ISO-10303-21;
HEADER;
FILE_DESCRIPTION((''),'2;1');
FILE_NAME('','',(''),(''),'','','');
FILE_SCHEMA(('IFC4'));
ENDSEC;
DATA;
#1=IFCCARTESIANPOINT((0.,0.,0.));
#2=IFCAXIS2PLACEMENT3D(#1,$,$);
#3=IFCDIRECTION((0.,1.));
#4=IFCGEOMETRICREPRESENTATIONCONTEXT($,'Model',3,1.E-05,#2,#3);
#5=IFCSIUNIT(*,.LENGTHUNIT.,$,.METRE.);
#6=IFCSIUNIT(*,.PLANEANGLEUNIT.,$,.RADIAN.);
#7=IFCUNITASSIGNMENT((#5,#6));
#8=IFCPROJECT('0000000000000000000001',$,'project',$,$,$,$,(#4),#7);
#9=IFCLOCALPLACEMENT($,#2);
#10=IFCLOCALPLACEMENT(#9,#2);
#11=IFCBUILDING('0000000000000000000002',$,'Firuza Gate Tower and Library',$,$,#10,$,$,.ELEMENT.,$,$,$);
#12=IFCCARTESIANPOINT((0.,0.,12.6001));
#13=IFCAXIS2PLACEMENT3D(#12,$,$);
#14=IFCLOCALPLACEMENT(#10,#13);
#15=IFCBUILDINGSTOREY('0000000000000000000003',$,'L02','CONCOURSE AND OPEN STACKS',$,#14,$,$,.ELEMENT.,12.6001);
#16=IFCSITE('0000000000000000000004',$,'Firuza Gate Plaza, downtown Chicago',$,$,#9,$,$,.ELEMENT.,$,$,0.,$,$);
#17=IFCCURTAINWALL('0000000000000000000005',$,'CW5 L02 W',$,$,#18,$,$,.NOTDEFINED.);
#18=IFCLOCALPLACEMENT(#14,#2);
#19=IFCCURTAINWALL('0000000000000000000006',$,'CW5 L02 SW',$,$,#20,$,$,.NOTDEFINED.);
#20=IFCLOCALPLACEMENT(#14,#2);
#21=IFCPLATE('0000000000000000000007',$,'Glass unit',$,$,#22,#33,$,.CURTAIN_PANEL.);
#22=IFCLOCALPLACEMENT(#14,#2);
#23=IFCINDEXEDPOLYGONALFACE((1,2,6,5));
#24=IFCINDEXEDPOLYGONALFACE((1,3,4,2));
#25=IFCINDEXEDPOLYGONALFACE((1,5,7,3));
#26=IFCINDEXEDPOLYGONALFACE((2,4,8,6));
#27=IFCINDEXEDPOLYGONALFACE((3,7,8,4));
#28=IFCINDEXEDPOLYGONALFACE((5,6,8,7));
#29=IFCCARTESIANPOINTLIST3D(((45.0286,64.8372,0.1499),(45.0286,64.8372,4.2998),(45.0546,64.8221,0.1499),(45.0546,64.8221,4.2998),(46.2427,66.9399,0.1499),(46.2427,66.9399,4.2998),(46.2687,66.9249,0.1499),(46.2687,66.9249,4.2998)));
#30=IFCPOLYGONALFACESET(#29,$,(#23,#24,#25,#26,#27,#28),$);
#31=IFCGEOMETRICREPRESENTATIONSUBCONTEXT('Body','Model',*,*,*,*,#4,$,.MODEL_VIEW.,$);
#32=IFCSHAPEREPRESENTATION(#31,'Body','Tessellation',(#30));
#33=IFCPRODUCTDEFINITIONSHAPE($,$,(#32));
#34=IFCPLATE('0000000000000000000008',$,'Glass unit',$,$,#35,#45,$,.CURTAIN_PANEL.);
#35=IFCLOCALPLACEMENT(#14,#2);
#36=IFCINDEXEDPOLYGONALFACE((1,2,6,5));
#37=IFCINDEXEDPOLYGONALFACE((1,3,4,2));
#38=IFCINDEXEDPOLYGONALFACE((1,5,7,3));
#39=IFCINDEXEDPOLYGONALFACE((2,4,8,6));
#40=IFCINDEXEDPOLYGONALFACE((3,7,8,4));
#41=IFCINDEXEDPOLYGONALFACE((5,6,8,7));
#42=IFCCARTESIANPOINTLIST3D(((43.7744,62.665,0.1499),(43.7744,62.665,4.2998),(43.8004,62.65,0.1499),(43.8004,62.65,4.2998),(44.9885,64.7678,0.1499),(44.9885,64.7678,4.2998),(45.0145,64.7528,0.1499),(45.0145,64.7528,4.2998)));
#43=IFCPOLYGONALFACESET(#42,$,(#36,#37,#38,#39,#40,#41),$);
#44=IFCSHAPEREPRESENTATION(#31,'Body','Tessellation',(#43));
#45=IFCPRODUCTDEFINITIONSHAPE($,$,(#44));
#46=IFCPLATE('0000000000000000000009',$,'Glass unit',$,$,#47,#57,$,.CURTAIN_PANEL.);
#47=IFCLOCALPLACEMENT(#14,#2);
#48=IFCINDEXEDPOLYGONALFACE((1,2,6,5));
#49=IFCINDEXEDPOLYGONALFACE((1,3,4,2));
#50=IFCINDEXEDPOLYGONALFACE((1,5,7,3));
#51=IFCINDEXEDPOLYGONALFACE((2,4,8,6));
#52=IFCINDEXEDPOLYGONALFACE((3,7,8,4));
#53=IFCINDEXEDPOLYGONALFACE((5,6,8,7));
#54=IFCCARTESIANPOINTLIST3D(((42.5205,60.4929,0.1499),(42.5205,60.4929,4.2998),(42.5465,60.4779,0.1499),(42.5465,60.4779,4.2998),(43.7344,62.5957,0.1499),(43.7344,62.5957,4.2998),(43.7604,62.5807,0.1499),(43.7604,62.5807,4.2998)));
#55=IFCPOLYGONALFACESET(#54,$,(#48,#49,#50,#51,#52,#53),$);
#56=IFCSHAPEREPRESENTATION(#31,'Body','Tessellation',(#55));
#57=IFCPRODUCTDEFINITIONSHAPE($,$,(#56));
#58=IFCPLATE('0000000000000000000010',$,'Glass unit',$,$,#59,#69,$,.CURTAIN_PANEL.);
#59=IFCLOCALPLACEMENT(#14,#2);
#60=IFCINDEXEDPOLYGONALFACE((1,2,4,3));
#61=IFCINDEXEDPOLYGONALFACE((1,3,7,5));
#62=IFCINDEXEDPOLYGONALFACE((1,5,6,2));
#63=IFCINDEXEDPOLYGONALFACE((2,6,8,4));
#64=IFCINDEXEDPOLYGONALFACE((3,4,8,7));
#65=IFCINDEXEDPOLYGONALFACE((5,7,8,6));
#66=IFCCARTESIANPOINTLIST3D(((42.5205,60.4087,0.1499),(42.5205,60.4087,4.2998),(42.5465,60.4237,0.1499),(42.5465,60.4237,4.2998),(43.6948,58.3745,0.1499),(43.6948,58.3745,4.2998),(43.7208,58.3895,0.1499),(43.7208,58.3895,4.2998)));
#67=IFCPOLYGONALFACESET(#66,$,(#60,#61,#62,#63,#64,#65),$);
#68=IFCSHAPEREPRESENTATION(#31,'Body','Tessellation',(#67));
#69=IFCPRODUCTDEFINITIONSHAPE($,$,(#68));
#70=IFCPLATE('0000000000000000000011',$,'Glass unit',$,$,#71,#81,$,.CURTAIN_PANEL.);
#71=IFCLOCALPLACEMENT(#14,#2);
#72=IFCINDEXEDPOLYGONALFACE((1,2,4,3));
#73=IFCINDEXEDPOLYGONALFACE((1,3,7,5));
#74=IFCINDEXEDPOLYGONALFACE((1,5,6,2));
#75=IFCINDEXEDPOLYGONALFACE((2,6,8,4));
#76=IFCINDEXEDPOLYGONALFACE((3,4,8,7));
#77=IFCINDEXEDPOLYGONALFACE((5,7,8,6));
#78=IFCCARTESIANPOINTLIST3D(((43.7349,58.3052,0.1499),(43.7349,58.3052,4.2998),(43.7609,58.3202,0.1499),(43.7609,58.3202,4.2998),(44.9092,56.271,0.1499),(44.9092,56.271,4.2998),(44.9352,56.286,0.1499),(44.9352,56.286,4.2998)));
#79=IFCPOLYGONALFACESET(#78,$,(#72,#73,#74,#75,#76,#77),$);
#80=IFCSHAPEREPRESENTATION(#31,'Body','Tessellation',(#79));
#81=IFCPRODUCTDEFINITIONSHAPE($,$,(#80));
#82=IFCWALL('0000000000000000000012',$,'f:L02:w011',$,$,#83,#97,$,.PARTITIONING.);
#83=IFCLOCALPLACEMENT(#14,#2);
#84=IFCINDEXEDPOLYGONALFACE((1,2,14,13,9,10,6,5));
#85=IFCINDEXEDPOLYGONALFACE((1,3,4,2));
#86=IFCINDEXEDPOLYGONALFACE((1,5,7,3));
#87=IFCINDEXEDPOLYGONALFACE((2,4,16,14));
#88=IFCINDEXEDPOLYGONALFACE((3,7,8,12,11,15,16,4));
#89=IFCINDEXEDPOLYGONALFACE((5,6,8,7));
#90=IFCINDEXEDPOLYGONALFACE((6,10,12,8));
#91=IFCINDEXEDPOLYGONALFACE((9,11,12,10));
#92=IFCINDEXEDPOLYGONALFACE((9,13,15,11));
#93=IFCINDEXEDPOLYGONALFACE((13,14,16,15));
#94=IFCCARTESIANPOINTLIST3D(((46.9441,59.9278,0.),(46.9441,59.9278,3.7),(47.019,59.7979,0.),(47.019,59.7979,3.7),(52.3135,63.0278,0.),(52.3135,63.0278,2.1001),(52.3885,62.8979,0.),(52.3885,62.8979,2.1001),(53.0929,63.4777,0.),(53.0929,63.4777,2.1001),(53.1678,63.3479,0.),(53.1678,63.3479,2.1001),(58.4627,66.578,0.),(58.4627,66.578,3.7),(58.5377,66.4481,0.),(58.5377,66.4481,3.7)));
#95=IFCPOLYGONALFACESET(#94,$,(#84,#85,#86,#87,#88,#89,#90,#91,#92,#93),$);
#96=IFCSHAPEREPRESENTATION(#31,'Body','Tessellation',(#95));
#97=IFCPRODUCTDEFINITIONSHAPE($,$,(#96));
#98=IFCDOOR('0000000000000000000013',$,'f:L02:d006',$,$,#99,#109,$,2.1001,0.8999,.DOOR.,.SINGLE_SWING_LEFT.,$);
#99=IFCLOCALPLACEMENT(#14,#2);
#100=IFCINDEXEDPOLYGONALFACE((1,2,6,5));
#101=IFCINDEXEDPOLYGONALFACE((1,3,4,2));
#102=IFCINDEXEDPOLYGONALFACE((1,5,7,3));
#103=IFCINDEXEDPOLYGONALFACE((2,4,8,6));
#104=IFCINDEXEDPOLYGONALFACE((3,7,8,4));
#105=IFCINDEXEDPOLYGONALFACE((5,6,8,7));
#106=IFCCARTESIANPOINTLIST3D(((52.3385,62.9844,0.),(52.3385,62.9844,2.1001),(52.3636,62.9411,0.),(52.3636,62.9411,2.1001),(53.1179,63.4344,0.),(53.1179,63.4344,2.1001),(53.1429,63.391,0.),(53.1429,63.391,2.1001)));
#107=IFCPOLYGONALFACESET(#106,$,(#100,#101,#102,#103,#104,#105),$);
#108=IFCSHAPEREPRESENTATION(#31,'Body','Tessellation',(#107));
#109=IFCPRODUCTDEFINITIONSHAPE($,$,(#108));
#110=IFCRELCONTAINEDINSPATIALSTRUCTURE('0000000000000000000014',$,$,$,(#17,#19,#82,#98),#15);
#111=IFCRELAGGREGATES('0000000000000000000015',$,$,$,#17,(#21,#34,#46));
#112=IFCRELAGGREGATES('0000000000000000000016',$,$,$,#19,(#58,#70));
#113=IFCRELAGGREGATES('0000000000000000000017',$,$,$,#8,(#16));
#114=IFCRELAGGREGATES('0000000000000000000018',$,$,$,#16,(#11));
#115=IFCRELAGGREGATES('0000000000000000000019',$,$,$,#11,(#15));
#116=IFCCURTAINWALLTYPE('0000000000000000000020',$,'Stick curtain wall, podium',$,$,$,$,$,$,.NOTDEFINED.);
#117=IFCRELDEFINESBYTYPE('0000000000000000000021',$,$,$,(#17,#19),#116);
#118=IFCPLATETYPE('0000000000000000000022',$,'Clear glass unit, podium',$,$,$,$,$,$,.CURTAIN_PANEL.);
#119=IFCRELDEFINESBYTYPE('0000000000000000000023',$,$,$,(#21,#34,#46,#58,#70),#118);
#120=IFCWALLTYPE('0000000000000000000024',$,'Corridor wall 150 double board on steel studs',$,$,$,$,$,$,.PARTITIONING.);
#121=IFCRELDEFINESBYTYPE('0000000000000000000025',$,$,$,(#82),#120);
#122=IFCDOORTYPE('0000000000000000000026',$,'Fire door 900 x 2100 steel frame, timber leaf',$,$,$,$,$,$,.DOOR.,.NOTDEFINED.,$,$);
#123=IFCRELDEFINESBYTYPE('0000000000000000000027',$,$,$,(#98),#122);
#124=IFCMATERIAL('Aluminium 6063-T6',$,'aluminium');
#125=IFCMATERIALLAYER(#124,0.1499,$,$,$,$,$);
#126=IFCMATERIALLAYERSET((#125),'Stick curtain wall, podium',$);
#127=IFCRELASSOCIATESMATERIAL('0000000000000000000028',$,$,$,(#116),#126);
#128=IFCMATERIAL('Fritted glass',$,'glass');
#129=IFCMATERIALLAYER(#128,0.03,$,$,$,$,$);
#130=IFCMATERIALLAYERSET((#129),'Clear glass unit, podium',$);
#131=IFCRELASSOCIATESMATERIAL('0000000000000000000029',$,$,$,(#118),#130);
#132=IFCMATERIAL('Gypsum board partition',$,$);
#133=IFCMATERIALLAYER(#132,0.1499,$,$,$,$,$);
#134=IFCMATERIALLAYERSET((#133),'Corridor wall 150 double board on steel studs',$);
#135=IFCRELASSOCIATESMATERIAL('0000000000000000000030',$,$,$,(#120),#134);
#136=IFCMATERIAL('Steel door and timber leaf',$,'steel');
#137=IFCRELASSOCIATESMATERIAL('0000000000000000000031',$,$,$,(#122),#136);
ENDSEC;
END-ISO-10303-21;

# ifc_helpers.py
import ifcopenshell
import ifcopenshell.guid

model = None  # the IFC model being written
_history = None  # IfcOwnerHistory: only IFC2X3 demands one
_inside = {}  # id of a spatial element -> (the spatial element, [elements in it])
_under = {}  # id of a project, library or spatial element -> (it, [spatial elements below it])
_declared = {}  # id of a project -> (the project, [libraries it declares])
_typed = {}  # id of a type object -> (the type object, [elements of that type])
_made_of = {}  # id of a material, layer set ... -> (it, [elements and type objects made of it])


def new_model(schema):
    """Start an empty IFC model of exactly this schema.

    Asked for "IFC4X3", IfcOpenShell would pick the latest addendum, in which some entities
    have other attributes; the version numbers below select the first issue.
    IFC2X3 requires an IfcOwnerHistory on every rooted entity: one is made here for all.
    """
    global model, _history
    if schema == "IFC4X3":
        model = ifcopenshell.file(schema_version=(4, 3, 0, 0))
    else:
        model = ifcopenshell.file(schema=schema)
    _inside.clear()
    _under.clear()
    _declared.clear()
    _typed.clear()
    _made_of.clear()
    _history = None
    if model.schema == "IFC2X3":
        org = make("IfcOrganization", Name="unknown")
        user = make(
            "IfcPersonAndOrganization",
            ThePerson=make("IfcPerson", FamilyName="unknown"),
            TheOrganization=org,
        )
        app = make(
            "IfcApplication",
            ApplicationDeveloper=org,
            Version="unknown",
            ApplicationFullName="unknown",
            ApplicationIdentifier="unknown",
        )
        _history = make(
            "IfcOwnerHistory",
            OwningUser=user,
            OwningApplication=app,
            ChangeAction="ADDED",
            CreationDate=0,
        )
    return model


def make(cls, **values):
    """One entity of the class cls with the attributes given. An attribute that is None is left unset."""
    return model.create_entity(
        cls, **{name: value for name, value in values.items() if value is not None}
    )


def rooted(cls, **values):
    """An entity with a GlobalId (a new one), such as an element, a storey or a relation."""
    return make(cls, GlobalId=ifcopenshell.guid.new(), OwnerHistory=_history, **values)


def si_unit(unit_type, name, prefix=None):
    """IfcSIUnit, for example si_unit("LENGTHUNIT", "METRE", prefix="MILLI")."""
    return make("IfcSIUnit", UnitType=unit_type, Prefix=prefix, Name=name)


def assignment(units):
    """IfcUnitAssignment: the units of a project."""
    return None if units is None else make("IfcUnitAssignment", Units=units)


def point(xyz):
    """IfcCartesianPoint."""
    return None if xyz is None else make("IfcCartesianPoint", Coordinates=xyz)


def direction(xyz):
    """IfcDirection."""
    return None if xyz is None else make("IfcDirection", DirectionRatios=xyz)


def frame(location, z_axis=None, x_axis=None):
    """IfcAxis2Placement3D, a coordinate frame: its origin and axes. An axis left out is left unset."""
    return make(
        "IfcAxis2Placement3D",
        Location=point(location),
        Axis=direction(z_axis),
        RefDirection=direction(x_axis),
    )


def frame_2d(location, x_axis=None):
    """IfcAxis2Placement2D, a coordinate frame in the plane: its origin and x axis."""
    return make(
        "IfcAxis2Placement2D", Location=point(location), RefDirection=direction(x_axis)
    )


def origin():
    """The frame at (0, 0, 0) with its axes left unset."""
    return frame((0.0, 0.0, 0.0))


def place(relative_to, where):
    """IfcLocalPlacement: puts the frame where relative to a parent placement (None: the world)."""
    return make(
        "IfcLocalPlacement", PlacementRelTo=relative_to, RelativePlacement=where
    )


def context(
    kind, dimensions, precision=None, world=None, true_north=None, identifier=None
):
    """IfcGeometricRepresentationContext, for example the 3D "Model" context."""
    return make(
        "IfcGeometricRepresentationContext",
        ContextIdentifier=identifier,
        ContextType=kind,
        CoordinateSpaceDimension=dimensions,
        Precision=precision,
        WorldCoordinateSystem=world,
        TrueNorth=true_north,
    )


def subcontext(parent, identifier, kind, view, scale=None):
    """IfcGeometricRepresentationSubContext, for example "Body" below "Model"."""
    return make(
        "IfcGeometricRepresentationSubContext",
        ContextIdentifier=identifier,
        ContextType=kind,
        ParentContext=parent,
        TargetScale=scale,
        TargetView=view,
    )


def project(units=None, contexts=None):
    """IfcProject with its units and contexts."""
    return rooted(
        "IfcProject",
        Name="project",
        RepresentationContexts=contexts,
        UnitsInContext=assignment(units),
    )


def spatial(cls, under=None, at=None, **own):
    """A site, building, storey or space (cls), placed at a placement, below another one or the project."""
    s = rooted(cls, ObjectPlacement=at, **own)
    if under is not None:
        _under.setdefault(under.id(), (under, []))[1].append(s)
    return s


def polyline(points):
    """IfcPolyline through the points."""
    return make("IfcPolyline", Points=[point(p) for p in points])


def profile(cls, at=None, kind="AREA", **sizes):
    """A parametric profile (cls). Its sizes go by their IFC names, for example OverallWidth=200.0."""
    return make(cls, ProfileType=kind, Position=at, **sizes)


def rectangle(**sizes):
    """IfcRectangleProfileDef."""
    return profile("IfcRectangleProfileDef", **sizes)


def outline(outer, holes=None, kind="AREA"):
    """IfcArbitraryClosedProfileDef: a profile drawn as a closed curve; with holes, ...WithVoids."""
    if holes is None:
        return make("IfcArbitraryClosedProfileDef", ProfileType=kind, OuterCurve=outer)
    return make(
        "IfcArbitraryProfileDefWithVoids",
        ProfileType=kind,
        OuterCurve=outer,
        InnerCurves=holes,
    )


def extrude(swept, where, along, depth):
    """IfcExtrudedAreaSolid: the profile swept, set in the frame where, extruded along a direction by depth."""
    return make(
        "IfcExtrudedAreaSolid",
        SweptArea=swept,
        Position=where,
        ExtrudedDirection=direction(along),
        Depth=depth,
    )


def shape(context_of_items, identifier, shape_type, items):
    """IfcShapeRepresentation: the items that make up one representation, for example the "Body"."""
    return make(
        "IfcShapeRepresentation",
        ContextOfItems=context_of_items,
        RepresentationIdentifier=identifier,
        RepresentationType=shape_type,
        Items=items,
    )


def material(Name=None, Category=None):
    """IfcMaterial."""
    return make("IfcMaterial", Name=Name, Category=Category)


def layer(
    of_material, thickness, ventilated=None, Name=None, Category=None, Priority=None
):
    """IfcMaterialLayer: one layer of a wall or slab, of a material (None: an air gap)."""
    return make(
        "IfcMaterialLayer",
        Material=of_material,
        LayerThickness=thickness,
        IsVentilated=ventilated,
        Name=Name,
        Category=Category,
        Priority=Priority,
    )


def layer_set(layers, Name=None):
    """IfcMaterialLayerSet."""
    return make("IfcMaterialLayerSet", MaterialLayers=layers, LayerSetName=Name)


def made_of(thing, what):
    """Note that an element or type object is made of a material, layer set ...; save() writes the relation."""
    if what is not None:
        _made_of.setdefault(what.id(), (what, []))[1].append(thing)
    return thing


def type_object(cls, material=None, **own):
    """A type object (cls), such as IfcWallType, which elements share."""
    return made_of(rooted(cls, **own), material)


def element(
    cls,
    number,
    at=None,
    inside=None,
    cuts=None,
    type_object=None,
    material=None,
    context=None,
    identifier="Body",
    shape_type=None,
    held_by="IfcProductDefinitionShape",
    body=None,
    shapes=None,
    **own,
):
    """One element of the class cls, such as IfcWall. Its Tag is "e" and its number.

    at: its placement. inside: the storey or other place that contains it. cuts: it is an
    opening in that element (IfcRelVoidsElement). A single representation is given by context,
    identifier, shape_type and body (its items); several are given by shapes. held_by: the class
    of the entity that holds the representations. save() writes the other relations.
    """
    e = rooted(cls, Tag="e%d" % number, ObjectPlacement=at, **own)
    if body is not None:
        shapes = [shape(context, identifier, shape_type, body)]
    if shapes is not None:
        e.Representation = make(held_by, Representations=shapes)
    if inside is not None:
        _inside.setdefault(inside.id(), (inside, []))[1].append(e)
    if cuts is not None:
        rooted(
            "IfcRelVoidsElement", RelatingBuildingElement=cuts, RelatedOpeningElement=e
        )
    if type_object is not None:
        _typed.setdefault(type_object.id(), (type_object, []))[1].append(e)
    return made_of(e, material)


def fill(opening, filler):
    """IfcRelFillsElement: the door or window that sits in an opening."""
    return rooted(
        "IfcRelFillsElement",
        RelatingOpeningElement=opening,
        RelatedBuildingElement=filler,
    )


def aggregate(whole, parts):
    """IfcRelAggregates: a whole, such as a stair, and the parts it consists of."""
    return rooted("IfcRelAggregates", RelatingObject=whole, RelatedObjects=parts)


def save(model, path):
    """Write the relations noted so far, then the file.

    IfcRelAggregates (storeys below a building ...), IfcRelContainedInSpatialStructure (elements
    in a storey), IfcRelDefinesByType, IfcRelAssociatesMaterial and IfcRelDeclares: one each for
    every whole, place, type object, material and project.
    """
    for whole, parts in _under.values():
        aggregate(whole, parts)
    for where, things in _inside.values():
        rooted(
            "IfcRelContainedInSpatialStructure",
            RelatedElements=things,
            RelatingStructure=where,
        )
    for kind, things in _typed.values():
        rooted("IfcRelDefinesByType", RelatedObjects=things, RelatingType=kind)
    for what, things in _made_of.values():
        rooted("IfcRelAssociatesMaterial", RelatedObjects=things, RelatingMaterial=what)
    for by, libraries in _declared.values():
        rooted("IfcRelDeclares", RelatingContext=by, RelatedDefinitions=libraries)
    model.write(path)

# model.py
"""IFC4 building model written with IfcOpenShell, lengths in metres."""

from ifc_helpers import new_model, si_unit, direction, frame, frame_2d, origin, place, context, subcontext, project, spatial, polyline, rectangle, outline, extrude, material, layer, layer_set, type_object, element, fill, aggregate, save


model = new_model("IFC4")

# Units and contexts
model_context = context("Model", 3, precision=1e-05, world=origin(), true_north=direction((0.0, 1.0)))
body_context = subcontext(model_context, "Body", "Model", "MODEL_VIEW")
ifc_project = project(units=[si_unit("LENGTHUNIT", "METRE"), si_unit("PLANEANGLEUNIT", "RADIAN")], contexts=[model_context])

# Site, building, storey
site_placement = place(None, origin())
site = spatial("IfcSite", under=ifc_project, at=site_placement, Name="Firuza Gate Plaza, downtown Chicago", CompositionType="ELEMENT", RefElevation=0.0)
building_placement = place(site_placement, origin())
building = spatial("IfcBuilding", under=site, at=building_placement, Name="Firuza Gate Tower and Library", CompositionType="ELEMENT")
storey_placement = place(building_placement, frame((0.0, 0.0, 12.6001)))
storey = spatial("IfcBuildingStorey", under=building, at=storey_placement, Name="L02", Description="CONCOURSE AND OPEN STACKS", CompositionType="ELEMENT", Elevation=12.6001)

# Curtain walls
ifc_material_1 = material(Name="Aluminium 6063-T6", Category="aluminium")
ifc_layer_1 = layer(ifc_material_1, 0.1499)
ifc_layer_set_1 = layer_set([ifc_layer_1], Name="Stick curtain wall, podium")
curtain_wall_type = type_object("IfcCurtainWallType", Name="Stick curtain wall, podium", PredefinedType="NOTDEFINED", material=ifc_layer_set_1)
placement = place(storey_placement, origin())
curtain_wall_1 = element("IfcCurtainWall", 1, at=placement, inside=storey, type_object=curtain_wall_type, Name="CW5 L02 W", PredefinedType="NOTDEFINED")
curtain_wall_2 = element("IfcCurtainWall", 2, at=placement, inside=storey, type_object=curtain_wall_type, Name="CW5 L02 SW", PredefinedType="NOTDEFINED")

# Plates
ifc_material_2 = material(Name="Fritted glass", Category="glass")
ifc_layer_2 = layer(ifc_material_2, 0.03)
ifc_layer_set_2 = layer_set([ifc_layer_2], Name="Clear glass unit, podium")
plate_type = type_object("IfcPlateType", Name="Clear glass unit, podium", PredefinedType="CURTAIN_PANEL", material=ifc_layer_set_2)
plate_1_placement = place(storey_placement, frame((46.2427, 66.9399, 0.1499), z_axis=(-0.866013, 0.500021, 0.0), x_axis=(-0.500021, -0.866013, 0.0)))
plate_1 = element("IfcPlate", 3, at=plate_1_placement, type_object=plate_type, Name="Glass unit", PredefinedType="CURTAIN_PANEL", context=body_context, shape_type="SweptSolid", body=[
    extrude(outline(polyline([(0.0, 0.0), (2.4281, 0.0), (2.4281, 4.1499), (0.0, 4.1499), (0.0, 0.0)])), origin(), (0.0, 0.0, -1.0), 0.03),
])
plate_2_placement = place(storey_placement, frame((44.9885, 64.7678, 0.1499), z_axis=(-0.866013, 0.500021, 0.0), x_axis=(-0.500021, -0.866013, 0.0)))
plate_2 = element("IfcPlate", 4, at=plate_2_placement, type_object=plate_type, Name="Glass unit", PredefinedType="CURTAIN_PANEL", context=body_context, shape_type="SweptSolid", body=[
    extrude(outline(polyline([(0.0, 0.0), (2.4281, 0.0), (2.4281, 4.1499), (0.0, 4.1499), (0.0, 0.0)])), origin(), (0.0, 0.0, -1.0), 0.03),
])
plate_3_placement = place(storey_placement, frame((43.7344, 62.5957, 0.1499), z_axis=(-0.866057, 0.499946, 0.0), x_axis=(-0.499946, -0.866057, 0.0)))
plate_3 = element("IfcPlate", 5, at=plate_3_placement, type_object=plate_type, Name="Glass unit", PredefinedType="CURTAIN_PANEL", context=body_context, shape_type="SweptSolid", body=[
    extrude(outline(polyline([(0.0, 0.0), (2.428, 0.0), (2.428, 4.1499), (0.0, 4.1499), (0.0, 0.0)])), origin(), (0.0, 0.0, -1.0), 0.03),
])
aggregate(curtain_wall_1, [plate_1, plate_2, plate_3])
plate_4_placement = place(storey_placement, frame((42.5205, 60.4087, 0.1499), z_axis=(-0.866047, -0.499962, 0.0), x_axis=(0.499962, -0.866047, 0.0)))
plate_4 = element("IfcPlate", 6, at=plate_4_placement, type_object=plate_type, Name="Glass unit", PredefinedType="CURTAIN_PANEL", context=body_context, shape_type="SweptSolid", body=[
    extrude(outline(polyline([(0.0, 0.0), (2.3488, 0.0), (2.3488, 4.1499), (0.0, 4.1499), (0.0, 0.0)])), origin(), (0.0, 0.0, -1.0), 0.03),
])
plate_5_placement = place(storey_placement, frame((43.7349, 58.3052, 0.1499), z_axis=(-0.866047, -0.499962, 0.0), x_axis=(0.499962, -0.866047, 0.0)))
plate_5 = element("IfcPlate", 7, at=plate_5_placement, type_object=plate_type, Name="Glass unit", PredefinedType="CURTAIN_PANEL", context=body_context, shape_type="SweptSolid", body=[
    extrude(outline(polyline([(0.0, 0.0), (2.3488, 0.0), (2.3488, 4.1499), (0.0, 4.1499), (0.0, 0.0)])), origin(), (0.0, 0.0, -1.0), 0.03),
])
aggregate(curtain_wall_2, [plate_4, plate_5])

# Wall, opening, door
ifc_material_3 = material(Name="Gypsum board partition")
ifc_layer_3 = layer(ifc_material_3, 0.1499)
ifc_layer_set_3 = layer_set([ifc_layer_3], Name="Corridor wall 150 double board on steel studs")
wall_type = type_object("IfcWallType", Name="Corridor wall 150 double board on steel studs", PredefinedType="PARTITIONING", material=ifc_layer_set_3)
wall_placement = place(storey_placement, frame((46.9814, 59.8628, 0.0), z_axis=(0.0, 0.0, 1.0), x_axis=(0.866028, 0.499995, 0.0)))
wall = element("IfcWall", 8, at=wall_placement, inside=storey, type_object=wall_type, Name="f:L02:w011", PredefinedType="PARTITIONING", context=body_context, shape_type="SweptSolid", body=[
    extrude(rectangle(XDim=13.3005, YDim=0.1499, at=frame_2d((6.6504, 0.0))), origin(), (0.0, 0.0, 1.0), 3.7),
])
opening_placement = place(wall_placement, frame((6.2002, 0.0, 0.0)))
opening = element("IfcOpeningElement", 9, at=opening_placement, cuts=wall, PredefinedType="OPENING", context=body_context, shape_type="SweptSolid", body=[
    extrude(rectangle(XDim=0.8999, YDim=2.1001, at=frame_2d((0.45, 1.05))), frame((0.0, 0.085, 0.0), z_axis=(0.0, -1.0, 0.0), x_axis=(1.0, 0.0, 0.0)), (0.0, 0.0, 1.0), 0.1699),
])
ifc_material_4 = material(Name="Steel door and timber leaf", Category="steel")
door_type = type_object("IfcDoorType", Name="Fire door 900 x 2100 steel frame, timber leaf", OperationType="NOTDEFINED", PredefinedType="DOOR", material=ifc_material_4)
door_placement = place(opening_placement, origin())
door = element("IfcDoor", 10, at=door_placement, inside=storey, type_object=door_type, Name="f:L02:d006", OperationType="SINGLE_SWING_LEFT", OverallHeight=2.1001, OverallWidth=0.8999, PredefinedType="DOOR", context=body_context, shape_type="SweptSolid", body=[
    extrude(rectangle(XDim=0.8999, YDim=2.1001, at=frame_2d((0.45, 1.05))), frame((0.0, 0.0249, 0.0), z_axis=(0.0, -1.0, 0.0), x_axis=(1.0, 0.0, 0.0)), (0.0, 0.0, 1.0), 0.05),
])
fill(opening, door)

save(model, "model.ifc")
